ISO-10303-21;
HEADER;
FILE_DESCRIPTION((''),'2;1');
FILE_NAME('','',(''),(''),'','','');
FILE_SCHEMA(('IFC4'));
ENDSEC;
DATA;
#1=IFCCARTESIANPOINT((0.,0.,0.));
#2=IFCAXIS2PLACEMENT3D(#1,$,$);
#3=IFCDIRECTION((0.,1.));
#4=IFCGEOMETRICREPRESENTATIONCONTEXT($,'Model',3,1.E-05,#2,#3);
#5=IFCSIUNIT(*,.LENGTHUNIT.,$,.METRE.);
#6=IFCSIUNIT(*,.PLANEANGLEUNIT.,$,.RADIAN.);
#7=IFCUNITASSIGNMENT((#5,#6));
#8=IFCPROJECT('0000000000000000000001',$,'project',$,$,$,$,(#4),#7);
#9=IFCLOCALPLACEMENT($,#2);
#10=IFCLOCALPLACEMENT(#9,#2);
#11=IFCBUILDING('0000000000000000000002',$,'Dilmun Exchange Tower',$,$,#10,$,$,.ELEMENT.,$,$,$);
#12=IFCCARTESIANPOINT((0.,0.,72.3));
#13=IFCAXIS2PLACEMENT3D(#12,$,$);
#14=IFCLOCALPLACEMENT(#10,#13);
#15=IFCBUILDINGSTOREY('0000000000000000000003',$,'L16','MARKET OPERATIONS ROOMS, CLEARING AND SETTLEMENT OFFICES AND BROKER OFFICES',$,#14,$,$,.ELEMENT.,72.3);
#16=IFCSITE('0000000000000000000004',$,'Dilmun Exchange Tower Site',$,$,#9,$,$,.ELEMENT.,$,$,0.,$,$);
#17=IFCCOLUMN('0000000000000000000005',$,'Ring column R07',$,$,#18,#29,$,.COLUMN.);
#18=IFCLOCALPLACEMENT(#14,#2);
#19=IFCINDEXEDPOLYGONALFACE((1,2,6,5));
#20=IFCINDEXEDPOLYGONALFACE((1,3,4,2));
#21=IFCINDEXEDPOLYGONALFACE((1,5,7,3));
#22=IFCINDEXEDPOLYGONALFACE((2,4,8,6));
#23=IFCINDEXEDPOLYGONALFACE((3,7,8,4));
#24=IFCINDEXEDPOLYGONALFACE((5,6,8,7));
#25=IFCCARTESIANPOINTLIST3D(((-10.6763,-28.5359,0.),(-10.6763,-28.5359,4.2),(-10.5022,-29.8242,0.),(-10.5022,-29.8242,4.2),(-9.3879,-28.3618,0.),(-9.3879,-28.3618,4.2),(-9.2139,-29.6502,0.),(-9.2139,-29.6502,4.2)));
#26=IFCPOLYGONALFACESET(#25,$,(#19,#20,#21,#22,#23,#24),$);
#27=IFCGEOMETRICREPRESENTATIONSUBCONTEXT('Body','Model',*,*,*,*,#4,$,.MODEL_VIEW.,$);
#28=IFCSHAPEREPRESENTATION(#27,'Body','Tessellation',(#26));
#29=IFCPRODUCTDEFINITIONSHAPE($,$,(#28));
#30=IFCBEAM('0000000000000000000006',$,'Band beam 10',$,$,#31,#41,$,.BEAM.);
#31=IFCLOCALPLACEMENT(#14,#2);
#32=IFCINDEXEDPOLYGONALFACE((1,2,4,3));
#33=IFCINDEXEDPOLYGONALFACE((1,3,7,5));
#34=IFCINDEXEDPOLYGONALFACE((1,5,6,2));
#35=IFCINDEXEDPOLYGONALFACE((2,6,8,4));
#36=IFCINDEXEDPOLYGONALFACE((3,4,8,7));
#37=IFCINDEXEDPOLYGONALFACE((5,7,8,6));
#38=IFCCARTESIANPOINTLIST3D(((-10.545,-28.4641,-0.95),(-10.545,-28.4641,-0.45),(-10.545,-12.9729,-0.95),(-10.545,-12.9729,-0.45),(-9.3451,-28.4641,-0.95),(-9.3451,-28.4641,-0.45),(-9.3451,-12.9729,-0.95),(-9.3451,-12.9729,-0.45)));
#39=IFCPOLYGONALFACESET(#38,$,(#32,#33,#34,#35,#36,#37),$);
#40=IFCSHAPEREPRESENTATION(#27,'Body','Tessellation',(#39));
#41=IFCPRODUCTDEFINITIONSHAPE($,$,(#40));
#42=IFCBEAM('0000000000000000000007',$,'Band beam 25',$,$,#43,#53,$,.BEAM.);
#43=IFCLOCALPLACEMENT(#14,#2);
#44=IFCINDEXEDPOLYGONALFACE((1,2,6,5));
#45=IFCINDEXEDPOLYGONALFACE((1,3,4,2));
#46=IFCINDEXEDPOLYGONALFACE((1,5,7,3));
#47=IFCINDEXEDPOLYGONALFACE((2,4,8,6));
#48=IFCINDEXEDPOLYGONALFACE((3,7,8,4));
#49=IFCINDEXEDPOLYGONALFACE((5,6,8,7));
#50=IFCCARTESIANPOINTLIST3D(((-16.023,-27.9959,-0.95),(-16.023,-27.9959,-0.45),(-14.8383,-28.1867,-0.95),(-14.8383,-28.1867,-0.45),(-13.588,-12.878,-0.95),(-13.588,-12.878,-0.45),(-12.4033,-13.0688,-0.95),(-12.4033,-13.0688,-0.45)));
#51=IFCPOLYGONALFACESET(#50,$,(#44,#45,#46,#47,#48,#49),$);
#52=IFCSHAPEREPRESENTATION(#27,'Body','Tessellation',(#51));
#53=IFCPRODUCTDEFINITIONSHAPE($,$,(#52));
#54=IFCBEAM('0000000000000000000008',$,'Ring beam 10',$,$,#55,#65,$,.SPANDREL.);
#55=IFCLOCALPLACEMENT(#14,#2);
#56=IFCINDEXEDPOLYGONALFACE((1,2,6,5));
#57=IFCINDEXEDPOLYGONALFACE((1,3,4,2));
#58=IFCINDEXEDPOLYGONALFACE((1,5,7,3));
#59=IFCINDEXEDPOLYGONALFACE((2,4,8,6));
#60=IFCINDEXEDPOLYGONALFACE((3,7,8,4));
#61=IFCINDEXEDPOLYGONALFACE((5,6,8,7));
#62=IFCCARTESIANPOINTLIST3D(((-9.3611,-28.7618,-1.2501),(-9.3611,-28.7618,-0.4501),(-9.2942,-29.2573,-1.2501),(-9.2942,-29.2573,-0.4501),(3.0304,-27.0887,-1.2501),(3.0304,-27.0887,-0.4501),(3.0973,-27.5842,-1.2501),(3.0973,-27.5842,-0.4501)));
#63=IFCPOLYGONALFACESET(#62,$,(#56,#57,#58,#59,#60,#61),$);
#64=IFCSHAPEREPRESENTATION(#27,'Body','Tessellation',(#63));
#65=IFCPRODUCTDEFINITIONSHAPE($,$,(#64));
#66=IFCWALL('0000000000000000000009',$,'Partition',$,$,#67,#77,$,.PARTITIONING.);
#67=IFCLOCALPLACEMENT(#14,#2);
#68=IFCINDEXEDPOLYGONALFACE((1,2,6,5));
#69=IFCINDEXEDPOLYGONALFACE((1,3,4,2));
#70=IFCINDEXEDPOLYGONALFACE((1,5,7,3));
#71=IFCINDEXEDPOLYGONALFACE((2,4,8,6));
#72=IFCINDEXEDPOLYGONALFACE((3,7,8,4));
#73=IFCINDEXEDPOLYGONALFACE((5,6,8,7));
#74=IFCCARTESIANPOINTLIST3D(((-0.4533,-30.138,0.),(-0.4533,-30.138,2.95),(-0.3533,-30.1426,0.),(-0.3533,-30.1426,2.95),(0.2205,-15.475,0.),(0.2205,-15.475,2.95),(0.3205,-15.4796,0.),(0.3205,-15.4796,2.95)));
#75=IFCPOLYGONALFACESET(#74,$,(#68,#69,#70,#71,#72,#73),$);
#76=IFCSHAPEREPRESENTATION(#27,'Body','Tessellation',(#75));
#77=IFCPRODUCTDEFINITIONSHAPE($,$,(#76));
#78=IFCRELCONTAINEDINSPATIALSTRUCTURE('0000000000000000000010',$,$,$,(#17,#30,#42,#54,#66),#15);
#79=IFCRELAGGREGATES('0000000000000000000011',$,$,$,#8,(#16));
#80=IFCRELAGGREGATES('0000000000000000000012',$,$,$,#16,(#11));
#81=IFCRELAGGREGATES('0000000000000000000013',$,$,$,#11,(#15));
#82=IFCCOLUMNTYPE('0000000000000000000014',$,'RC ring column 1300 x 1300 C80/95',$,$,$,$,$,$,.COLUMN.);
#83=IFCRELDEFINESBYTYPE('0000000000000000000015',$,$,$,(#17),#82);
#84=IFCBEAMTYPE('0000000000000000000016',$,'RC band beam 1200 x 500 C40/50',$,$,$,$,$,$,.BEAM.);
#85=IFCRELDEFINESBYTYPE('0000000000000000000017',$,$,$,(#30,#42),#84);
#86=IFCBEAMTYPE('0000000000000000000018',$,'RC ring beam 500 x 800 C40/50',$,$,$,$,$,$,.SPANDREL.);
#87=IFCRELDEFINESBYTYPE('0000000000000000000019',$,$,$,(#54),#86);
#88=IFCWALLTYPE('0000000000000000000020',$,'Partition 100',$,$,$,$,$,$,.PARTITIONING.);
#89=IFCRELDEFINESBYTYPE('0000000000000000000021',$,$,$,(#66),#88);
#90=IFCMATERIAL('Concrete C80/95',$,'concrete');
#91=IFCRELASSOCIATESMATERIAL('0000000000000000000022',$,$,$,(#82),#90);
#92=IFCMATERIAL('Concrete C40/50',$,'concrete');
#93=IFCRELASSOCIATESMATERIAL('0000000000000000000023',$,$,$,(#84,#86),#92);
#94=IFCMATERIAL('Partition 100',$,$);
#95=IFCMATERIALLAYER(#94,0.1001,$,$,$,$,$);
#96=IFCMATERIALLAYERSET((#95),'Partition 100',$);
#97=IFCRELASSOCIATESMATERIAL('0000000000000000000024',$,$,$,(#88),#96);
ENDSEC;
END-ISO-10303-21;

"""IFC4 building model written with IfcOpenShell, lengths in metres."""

from ifc_helpers import new_model, si_unit, direction, frame, frame_2d, origin, origin_2d, place, context, subcontext, project, spatial, rectangle, extrude, material, layer, layer_set, material_profile, profile_set, type_object, element, save


model = new_model("IFC4")

# Units and contexts
model_context = context("Model", 3, precision=1e-05, world=origin(), true_north=direction((0.0, 1.0)))
body_context = subcontext(model_context, "Body", "Model", "MODEL_VIEW")
ifc_project = project(units=[si_unit("LENGTHUNIT", "METRE"), si_unit("PLANEANGLEUNIT", "RADIAN")], contexts=[model_context])

# Site, building, storey
site_placement = place(None, origin())
site = spatial("IfcSite", under=ifc_project, at=site_placement, Name="Dilmun Exchange Tower Site", CompositionType="ELEMENT", RefElevation=0.0)
building_placement = place(site_placement, origin())
building = spatial("IfcBuilding", under=site, at=building_placement, Name="Dilmun Exchange Tower", CompositionType="ELEMENT")
storey_placement = place(building_placement, frame((0.0, 0.0, 72.3)))
storey = spatial("IfcBuildingStorey", under=building, at=storey_placement, Name="L16", Description="MARKET OPERATIONS ROOMS, CLEARING AND SETTLEMENT OFFICES AND BROKER OFFICES", CompositionType="ELEMENT", Elevation=72.3)

# Column
ifc_material_1 = material(Name="Concrete C80/95", Category="concrete")
ifc_material_profile_1 = material_profile(ifc_material_1, rectangle(XDim=1.3, YDim=1.3, at=origin_2d()), Name="1300 x 1300")
ifc_profile_set_1 = profile_set([ifc_material_profile_1], Name="Concrete C80/95")
column_type = type_object("IfcColumnType", Name="RC ring column 1300 x 1300 C80/95", PredefinedType="COLUMN", material=ifc_profile_set_1)
column_placement = place(storey_placement, frame((-9.9451, -29.093, 0.0), z_axis=(0.0, 0.0, 1.0), x_axis=(0.991001, 0.133853, 0.0)))
element("IfcColumn", 1, at=column_placement, inside=storey, type_object=column_type, Name="Ring column R07", PredefinedType="COLUMN", context=body_context, shape_type="SweptSolid", body=[
    extrude(rectangle(XDim=1.3, YDim=1.3, at=origin_2d()), origin(), (0.0, 0.0, 1.0), 4.2),
])

# Beams
ifc_material_2 = material(Name="Concrete C40/50", Category="concrete")
ifc_material_profile_2 = material_profile(ifc_material_2, rectangle(XDim=1.2, YDim=0.5, at=origin_2d()), Name="1200 x 500")
ifc_profile_set_2 = profile_set([ifc_material_profile_2], Name="Concrete C40/50")
beam_type_1 = type_object("IfcBeamType", Name="RC band beam 1200 x 500 C40/50", PredefinedType="BEAM", material=ifc_profile_set_2)
beam_1_placement = place(storey_placement, frame((-9.9451, -28.4641, -0.7), z_axis=(0.0, 1.0, 0.0), x_axis=(-1.0, 0.0, 0.0)))
element("IfcBeam", 2, at=beam_1_placement, inside=storey, type_object=beam_type_1, Name="Band beam 10", PredefinedType="BEAM", context=body_context, shape_type="SweptSolid", body=[
    extrude(rectangle(XDim=1.2, YDim=0.5, at=origin_2d()), origin(), (0.0, 0.0, 1.0), 15.4912),
])
beam_2_placement = place(storey_placement, frame((-15.4307, -28.0913, -0.7), z_axis=(0.159021, 0.987275, 0.0), x_axis=(-0.987275, 0.159021, 0.0)))
element("IfcBeam", 3, at=beam_2_placement, inside=storey, type_object=beam_type_1, Name="Band beam 25", PredefinedType="BEAM", context=body_context, shape_type="SweptSolid", body=[
    extrude(rectangle(XDim=1.2, YDim=0.5, at=origin_2d()), origin(), (0.0, 0.0, 1.0), 15.3127),
])
ifc_material_profile_3 = material_profile(ifc_material_2, rectangle(XDim=0.5, YDim=0.8, at=origin_2d()), Name="500 x 800")
ifc_profile_set_3 = profile_set([ifc_material_profile_3], Name="Concrete C40/50")
beam_type_2 = type_object("IfcBeamType", Name="RC ring beam 500 x 800 C40/50", PredefinedType="SPANDREL", material=ifc_profile_set_3)
beam_3_placement = place(storey_placement, frame((-9.3276, -29.0095, -0.8501), z_axis=(0.991007, 0.133807, 0.0), x_axis=(-0.133807, 0.991007, 0.0)))
element("IfcBeam", 4, at=beam_3_placement, inside=storey, type_object=beam_type_2, Name="Ring beam 10", PredefinedType="SPANDREL", context=body_context, shape_type="SweptSolid", body=[
    extrude(rectangle(XDim=0.5, YDim=0.8, at=origin_2d()), origin(), (0.0, 0.0, 1.0), 12.5039),
])

# Wall
ifc_material_3 = material(Name="Partition 100")
ifc_layer_1 = layer(ifc_material_3, 0.1001)
ifc_layer_set_1 = layer_set([ifc_layer_1], Name="Partition 100")
wall_type_1 = type_object("IfcWallType", Name="Partition 100", PredefinedType="PARTITIONING", material=ifc_layer_set_1)
wall_1_placement = place(storey_placement, frame((-0.4033, -30.1404, 0.0), z_axis=(0.0, 0.0, 1.0), x_axis=(0.045906, 0.998946, 0.0)))
element("IfcWall", 5, at=wall_1_placement, inside=storey, type_object=wall_type_1, Name="Partition", PredefinedType="PARTITIONING", context=body_context, shape_type="SweptSolid", body=[
    extrude(rectangle(XDim=14.6785, YDim=0.1001, at=frame_2d((7.3394, 0.0))), origin(), (0.0, 0.0, 1.0), 2.95),
])

save(model, "model.ifc")
